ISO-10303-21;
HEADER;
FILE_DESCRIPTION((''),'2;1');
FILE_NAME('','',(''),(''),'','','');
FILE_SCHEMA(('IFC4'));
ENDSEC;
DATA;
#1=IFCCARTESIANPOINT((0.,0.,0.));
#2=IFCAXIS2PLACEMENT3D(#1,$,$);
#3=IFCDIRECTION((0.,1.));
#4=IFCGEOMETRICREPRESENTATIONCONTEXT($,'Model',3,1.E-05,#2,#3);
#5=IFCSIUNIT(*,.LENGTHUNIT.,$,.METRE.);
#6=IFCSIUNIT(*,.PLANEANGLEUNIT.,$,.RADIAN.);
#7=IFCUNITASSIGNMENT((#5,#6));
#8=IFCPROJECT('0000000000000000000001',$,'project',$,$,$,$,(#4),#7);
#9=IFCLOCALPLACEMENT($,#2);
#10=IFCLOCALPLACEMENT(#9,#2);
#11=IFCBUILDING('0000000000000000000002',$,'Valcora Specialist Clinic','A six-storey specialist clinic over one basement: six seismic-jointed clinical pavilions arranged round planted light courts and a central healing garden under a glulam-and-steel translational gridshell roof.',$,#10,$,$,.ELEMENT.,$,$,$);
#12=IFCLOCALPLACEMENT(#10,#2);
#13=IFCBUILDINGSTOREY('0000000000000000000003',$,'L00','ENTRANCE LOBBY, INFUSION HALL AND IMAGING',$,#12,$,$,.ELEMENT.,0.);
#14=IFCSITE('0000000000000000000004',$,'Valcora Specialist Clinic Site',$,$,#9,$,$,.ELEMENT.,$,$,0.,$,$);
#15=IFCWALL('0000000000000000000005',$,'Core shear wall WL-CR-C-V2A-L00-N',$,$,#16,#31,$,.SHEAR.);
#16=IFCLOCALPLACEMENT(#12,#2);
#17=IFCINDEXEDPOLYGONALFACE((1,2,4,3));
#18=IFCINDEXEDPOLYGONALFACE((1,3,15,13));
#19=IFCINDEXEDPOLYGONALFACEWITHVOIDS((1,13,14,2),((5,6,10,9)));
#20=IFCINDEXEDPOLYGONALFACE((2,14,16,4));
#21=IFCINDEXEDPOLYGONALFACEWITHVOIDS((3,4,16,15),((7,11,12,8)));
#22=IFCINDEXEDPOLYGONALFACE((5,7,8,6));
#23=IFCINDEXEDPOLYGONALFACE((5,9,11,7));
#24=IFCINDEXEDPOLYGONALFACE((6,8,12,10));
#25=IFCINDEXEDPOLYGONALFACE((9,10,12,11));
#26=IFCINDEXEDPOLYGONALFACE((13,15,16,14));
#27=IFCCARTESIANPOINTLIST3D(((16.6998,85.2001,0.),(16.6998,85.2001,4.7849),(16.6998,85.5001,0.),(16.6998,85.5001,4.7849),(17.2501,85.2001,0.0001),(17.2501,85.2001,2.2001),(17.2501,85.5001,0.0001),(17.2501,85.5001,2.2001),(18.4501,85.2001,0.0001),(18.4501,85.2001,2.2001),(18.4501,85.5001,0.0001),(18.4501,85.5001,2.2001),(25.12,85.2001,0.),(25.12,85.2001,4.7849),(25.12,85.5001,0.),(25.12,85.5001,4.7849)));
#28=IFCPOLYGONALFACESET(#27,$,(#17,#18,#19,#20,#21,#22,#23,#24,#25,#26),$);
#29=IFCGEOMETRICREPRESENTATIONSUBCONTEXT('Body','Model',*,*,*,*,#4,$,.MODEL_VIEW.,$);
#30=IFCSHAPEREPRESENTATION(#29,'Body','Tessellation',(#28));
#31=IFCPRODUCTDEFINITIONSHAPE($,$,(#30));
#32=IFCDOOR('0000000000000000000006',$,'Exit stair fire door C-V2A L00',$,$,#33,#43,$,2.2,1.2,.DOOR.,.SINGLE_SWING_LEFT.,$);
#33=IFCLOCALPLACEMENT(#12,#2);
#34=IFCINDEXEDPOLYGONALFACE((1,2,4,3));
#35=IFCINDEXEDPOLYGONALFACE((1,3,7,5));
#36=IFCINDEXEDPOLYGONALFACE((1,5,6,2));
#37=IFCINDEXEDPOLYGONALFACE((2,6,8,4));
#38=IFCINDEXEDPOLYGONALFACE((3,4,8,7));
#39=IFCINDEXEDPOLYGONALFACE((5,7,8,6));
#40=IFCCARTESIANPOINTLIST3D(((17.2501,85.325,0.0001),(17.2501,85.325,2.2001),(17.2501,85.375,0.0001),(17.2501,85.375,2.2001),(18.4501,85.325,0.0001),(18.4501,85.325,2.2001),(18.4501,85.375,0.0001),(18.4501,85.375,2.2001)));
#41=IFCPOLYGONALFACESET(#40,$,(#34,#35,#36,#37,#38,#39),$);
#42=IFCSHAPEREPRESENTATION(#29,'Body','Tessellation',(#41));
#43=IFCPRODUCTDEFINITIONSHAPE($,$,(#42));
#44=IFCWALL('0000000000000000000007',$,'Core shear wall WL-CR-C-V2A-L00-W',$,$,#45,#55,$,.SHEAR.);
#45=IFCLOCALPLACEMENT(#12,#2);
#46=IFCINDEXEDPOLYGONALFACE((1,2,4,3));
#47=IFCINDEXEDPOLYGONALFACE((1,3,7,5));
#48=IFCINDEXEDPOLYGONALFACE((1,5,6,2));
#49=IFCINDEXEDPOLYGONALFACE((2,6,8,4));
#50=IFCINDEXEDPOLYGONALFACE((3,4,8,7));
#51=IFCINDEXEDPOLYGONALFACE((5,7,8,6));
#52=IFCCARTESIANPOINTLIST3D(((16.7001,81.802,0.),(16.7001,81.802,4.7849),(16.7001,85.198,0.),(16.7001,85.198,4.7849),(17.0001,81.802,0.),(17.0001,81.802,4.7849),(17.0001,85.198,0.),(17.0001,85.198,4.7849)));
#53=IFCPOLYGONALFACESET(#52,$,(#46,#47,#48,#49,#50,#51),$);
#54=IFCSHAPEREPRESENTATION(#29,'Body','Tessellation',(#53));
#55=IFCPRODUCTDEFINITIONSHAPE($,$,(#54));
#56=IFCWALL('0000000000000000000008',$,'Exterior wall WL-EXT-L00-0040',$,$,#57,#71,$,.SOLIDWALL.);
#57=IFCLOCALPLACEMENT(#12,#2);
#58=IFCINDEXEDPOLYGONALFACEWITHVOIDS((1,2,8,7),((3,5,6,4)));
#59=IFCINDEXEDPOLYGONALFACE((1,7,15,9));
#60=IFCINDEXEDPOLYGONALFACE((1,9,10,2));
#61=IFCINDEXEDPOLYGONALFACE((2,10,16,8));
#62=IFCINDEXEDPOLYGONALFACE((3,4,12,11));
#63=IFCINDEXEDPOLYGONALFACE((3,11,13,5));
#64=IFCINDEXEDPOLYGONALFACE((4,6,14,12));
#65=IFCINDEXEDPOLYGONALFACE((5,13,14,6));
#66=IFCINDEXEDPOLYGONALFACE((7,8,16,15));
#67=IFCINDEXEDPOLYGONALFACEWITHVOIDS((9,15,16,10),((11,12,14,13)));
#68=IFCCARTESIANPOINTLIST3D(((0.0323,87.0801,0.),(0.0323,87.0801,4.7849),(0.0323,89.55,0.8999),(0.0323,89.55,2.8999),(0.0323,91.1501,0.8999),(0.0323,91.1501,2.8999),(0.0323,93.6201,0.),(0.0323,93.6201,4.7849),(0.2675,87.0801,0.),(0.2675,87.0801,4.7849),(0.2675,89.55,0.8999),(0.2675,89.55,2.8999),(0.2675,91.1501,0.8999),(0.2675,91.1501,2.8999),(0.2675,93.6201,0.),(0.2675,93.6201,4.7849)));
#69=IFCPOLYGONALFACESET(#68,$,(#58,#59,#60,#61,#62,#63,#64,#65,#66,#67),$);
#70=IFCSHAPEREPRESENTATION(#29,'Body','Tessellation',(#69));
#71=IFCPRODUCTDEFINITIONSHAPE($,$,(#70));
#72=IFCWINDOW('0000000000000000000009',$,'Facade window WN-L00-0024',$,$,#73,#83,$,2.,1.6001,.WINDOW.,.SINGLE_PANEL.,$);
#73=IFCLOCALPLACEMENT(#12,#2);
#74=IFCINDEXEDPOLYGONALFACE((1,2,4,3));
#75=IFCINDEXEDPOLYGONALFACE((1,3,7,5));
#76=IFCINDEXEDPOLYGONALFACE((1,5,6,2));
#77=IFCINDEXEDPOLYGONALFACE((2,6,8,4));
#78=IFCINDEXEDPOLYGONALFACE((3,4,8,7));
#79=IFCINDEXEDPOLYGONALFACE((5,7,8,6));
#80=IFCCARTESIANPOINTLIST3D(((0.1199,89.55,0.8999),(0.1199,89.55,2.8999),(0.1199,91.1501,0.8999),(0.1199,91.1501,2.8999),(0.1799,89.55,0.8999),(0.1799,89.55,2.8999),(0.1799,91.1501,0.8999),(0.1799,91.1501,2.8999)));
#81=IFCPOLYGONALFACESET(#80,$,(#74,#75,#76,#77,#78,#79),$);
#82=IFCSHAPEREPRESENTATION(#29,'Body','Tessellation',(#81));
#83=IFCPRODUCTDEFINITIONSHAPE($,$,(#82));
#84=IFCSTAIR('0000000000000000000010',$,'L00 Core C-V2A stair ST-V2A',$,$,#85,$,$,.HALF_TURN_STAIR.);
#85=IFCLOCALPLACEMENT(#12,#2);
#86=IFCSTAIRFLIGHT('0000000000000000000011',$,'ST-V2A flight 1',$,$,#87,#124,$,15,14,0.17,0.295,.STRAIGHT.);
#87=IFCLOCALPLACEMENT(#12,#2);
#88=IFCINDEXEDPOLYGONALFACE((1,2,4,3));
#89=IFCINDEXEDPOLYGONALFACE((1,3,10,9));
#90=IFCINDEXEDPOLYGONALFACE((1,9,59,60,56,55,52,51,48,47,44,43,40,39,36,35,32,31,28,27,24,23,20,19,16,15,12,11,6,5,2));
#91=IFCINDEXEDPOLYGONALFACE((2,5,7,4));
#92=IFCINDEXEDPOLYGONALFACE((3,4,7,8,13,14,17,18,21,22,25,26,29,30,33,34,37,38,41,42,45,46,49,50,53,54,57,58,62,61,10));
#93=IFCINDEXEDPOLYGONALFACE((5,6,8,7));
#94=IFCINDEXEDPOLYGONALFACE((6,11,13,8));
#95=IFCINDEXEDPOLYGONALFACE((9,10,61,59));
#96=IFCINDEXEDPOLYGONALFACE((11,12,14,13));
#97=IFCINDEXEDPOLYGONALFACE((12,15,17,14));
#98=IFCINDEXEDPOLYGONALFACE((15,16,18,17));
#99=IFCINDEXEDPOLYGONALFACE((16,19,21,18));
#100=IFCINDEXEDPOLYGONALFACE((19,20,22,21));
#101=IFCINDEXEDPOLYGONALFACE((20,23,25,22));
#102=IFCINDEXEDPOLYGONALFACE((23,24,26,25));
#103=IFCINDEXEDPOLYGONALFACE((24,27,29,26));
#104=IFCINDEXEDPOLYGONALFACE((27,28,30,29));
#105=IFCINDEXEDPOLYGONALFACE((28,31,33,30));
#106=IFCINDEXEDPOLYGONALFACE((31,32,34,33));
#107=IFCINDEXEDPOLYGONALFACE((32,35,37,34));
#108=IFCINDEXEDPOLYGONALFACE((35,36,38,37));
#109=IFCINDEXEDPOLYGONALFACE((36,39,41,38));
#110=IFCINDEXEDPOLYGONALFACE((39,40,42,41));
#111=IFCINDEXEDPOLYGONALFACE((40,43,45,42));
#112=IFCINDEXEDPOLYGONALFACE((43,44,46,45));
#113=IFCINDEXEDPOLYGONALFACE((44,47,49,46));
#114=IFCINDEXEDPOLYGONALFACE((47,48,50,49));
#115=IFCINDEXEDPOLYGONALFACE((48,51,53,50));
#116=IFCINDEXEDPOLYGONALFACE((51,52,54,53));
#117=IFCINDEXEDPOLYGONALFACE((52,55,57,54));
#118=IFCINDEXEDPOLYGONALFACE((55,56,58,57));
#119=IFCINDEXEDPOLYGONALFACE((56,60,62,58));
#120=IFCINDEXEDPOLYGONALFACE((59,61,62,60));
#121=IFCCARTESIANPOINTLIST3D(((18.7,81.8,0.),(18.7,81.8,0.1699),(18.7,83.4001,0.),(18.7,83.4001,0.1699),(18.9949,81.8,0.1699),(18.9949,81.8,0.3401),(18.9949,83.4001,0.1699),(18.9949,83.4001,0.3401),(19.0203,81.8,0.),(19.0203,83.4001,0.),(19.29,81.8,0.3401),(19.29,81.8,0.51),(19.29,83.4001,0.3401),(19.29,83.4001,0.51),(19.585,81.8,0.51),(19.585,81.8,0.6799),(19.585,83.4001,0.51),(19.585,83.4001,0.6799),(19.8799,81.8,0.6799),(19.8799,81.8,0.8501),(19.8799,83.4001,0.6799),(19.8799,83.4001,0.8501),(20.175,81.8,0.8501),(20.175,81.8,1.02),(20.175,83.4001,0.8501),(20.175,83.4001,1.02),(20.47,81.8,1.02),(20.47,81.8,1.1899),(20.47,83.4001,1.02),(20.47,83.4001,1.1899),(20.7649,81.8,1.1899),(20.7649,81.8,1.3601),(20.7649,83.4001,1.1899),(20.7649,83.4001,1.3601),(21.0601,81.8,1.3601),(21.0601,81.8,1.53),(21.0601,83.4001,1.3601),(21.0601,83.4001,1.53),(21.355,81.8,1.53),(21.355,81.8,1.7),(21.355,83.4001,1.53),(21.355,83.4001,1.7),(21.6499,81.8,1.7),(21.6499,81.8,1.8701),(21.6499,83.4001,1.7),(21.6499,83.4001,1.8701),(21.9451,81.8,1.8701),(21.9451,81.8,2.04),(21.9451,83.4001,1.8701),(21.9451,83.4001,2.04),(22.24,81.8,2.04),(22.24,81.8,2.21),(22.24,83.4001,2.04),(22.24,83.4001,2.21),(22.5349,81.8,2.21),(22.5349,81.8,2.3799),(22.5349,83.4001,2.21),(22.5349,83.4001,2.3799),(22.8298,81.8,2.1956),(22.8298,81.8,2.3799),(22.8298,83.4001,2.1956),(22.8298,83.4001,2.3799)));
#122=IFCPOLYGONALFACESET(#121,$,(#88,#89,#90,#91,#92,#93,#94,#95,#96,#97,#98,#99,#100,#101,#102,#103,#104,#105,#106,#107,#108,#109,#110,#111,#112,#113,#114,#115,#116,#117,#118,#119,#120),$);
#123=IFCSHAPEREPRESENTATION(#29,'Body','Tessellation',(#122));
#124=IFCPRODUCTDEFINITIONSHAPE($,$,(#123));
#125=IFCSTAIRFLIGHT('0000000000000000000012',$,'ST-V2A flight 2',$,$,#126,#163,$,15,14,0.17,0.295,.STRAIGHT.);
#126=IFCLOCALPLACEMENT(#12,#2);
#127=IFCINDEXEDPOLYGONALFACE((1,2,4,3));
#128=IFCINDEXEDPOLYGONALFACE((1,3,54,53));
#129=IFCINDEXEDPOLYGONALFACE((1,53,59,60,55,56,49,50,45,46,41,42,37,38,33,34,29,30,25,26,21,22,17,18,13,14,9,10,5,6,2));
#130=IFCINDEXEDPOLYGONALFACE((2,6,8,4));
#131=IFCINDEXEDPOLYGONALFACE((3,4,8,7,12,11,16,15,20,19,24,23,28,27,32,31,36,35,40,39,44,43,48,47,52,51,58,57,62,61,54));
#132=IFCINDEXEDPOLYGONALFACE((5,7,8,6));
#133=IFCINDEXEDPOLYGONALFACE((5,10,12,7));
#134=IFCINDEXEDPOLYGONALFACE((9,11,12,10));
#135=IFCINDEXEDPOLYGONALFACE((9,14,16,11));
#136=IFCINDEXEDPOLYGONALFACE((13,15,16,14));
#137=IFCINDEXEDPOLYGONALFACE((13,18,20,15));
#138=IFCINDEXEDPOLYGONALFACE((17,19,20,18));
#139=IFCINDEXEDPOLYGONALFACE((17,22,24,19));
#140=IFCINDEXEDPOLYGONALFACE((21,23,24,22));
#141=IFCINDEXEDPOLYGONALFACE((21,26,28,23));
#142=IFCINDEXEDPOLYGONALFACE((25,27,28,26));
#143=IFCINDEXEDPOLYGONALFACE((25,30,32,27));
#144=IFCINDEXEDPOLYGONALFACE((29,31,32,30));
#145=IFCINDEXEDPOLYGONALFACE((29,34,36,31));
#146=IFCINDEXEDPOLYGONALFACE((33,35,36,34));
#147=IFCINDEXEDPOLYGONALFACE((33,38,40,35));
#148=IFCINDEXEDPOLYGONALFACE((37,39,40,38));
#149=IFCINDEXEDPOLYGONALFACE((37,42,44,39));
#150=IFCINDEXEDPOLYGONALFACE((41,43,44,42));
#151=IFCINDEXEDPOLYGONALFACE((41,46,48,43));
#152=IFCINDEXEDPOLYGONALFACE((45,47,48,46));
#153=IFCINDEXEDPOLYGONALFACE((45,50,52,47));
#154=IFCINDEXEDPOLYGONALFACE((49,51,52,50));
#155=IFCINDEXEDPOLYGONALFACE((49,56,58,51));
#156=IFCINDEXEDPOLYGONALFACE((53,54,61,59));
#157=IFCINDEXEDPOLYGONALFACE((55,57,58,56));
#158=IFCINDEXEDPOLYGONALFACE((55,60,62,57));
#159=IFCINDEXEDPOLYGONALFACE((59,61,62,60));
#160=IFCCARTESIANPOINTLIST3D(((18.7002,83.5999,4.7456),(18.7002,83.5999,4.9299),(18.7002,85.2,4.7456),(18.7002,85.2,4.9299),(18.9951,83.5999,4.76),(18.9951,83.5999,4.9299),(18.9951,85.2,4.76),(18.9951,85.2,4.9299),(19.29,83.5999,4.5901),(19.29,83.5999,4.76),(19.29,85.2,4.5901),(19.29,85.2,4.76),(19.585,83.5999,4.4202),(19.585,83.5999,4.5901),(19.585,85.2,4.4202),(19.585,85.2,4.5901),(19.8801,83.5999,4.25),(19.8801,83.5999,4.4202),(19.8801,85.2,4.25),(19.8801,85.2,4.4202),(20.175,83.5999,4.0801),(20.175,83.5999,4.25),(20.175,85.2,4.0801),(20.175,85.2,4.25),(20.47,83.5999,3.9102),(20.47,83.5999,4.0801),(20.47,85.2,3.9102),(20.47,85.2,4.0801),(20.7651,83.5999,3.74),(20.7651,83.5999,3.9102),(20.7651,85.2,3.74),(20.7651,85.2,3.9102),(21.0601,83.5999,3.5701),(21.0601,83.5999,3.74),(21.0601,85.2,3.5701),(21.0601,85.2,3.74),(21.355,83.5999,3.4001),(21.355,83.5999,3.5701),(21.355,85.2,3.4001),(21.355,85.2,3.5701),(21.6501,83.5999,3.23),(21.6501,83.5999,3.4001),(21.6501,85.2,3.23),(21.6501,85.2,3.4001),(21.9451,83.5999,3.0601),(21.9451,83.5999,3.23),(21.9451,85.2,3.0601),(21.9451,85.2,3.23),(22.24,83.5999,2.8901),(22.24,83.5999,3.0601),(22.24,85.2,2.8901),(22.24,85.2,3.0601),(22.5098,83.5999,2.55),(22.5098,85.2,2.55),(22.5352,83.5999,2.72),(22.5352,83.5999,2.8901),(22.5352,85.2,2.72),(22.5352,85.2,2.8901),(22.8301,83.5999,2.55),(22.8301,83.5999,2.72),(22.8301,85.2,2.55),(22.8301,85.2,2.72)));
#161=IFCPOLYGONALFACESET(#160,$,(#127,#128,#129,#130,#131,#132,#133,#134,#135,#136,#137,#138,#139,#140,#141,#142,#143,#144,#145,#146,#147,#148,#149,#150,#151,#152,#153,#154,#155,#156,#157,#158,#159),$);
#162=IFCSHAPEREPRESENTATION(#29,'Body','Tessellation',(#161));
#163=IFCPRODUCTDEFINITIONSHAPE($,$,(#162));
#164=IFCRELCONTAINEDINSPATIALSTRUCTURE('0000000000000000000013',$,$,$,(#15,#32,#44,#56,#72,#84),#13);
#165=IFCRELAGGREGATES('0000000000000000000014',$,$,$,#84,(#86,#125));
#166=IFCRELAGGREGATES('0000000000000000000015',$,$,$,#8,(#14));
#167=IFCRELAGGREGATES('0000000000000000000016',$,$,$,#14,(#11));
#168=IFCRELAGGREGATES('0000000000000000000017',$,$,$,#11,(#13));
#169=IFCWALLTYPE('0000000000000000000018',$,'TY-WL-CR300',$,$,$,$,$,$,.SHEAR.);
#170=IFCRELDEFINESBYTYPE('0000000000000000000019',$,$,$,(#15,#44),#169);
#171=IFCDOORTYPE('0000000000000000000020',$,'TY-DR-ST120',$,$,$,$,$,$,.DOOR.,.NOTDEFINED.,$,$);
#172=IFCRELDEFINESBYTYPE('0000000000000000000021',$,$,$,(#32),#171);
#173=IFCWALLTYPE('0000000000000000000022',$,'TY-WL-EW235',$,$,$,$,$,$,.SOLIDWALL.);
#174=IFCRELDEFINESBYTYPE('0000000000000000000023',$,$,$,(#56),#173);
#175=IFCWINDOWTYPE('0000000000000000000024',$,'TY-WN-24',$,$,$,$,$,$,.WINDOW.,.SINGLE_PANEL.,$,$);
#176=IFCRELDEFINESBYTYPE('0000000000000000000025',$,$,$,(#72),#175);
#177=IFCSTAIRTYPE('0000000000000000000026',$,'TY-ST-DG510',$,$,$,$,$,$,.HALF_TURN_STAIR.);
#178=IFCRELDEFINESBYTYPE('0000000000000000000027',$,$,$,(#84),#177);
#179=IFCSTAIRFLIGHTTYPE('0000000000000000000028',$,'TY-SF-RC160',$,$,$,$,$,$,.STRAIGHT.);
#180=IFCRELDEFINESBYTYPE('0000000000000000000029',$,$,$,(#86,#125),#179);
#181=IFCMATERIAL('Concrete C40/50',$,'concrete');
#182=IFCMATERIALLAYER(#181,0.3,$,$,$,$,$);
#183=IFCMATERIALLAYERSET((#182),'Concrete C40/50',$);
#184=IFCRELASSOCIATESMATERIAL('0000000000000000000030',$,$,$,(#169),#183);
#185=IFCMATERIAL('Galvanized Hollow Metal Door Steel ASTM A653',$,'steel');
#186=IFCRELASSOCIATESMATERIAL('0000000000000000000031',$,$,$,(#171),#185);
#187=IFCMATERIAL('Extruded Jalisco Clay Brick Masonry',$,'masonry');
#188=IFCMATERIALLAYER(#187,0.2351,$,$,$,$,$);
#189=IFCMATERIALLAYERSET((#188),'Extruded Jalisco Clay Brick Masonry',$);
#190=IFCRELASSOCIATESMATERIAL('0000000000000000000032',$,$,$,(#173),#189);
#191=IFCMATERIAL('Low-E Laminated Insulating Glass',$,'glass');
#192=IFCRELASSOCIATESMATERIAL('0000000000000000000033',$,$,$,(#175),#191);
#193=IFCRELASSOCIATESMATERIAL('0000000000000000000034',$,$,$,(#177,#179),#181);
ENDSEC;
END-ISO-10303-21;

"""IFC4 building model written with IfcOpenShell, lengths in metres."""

from ifc_helpers import new_model, si_unit, direction, frame, frame_2d, origin, place, context, subcontext, project, spatial, polyline, rectangle, outline, extrude, material, layer, layer_set, type_object, element, fill, aggregate, save


model = new_model("IFC4")

# Units and contexts
model_context = context("Model", 3, precision=1e-05, world=origin(), true_north=direction((0.0, 1.0)))
body_context = subcontext(model_context, "Body", "Model", "MODEL_VIEW")
ifc_project = project(units=[si_unit("LENGTHUNIT", "METRE"), si_unit("PLANEANGLEUNIT", "RADIAN")], contexts=[model_context])

# Site, building, storey
site_placement = place(None, origin())
site = spatial("IfcSite", under=ifc_project, at=site_placement, Name="Valcora Specialist Clinic Site", CompositionType="ELEMENT", RefElevation=0.0)
building_placement = place(site_placement, origin())
building = spatial("IfcBuilding", under=site, at=building_placement, Name="Valcora Specialist Clinic", Description="A six-storey specialist clinic over one basement: six seismic-jointed clinical pavilions arranged round planted light courts and a central healing garden under a glulam-and-steel translational gridshell roof.", CompositionType="ELEMENT")
storey_placement = place(building_placement, origin())
storey = spatial("IfcBuildingStorey", under=building, at=storey_placement, Name="L00", Description="ENTRANCE LOBBY, INFUSION HALL AND IMAGING", CompositionType="ELEMENT", Elevation=0.0)

# Shared definitions
ifc_material_1 = material(Name="Concrete C40/50", Category="concrete")

# Wall, opening, door
ifc_layer_1 = layer(ifc_material_1, 0.3)
ifc_layer_set_1 = layer_set([ifc_layer_1], Name="Concrete C40/50")
wall_type_1 = type_object("IfcWallType", Name="TY-WL-CR300", PredefinedType="SHEAR", material=ifc_layer_set_1)
wall_1_placement = place(storey_placement, frame((16.7, 85.3501, 0.0), z_axis=(0.0, 0.0, 1.0), x_axis=(1.0, 0.0, 0.0)))
wall_1 = element("IfcWall", 1, at=wall_1_placement, inside=storey, type_object=wall_type_1, Name="Core shear wall WL-CR-C-V2A-L00-N", PredefinedType="SHEAR", context=body_context, shape_type="SweptSolid", body=[
    extrude(rectangle(XDim=8.4202, YDim=0.3, at=frame_2d((4.21, 0.0))), origin(), (0.0, 0.0, 1.0), 4.7849),
])
opening_1_placement = place(wall_1_placement, frame((0.55, 0.0, 0.0)))
opening_1 = element("IfcOpeningElement", 2, at=opening_1_placement, cuts=wall_1, PredefinedType="OPENING", context=body_context, shape_type="SweptSolid", body=[
    extrude(rectangle(XDim=1.2, YDim=2.2, at=frame_2d((0.6001, 1.1001))), frame((0.0, 0.1599, 0.0), z_axis=(0.0, -1.0, 0.0), x_axis=(1.0, 0.0, 0.0)), (0.0, 0.0, 1.0), 0.3201),
])
ifc_material_2 = material(Name="Galvanized Hollow Metal Door Steel ASTM A653", Category="steel")
door_type = type_object("IfcDoorType", Name="TY-DR-ST120", OperationType="NOTDEFINED", PredefinedType="DOOR", material=ifc_material_2)
door_placement = place(opening_1_placement, origin())
door = element("IfcDoor", 3, at=door_placement, inside=storey, type_object=door_type, Name="Exit stair fire door C-V2A L00", OperationType="SINGLE_SWING_LEFT", OverallHeight=2.2, OverallWidth=1.2, PredefinedType="DOOR", context=body_context, shape_type="SweptSolid", body=[
    extrude(rectangle(XDim=1.2, YDim=2.2, at=frame_2d((0.6001, 1.1001))), frame((0.0, 0.0249, 0.0), z_axis=(0.0, -1.0, 0.0), x_axis=(1.0, 0.0, 0.0)), (0.0, 0.0, 1.0), 0.05),
])
fill(opening_1, door)

# Wall
wall_2_placement = place(storey_placement, frame((16.8501, 81.802, 0.0), z_axis=(0.0, 0.0, 1.0), x_axis=(0.0, 1.0, 0.0)))
element("IfcWall", 4, at=wall_2_placement, inside=storey, type_object=wall_type_1, Name="Core shear wall WL-CR-C-V2A-L00-W", PredefinedType="SHEAR", context=body_context, shape_type="SweptSolid", body=[
    extrude(rectangle(XDim=3.396, YDim=0.3, at=frame_2d((1.698, 0.0))), origin(), (0.0, 0.0, 1.0), 4.7849),
])

# Wall, opening, window
ifc_material_3 = material(Name="Extruded Jalisco Clay Brick Masonry", Category="masonry")
ifc_layer_2 = layer(ifc_material_3, 0.2351)
ifc_layer_set_2 = layer_set([ifc_layer_2], Name="Extruded Jalisco Clay Brick Masonry")
wall_type_2 = type_object("IfcWallType", Name="TY-WL-EW235", PredefinedType="SOLIDWALL", material=ifc_layer_set_2)
wall_3_placement = place(storey_placement, frame((0.1499, 87.0801, 0.0), z_axis=(0.0, 0.0, 1.0), x_axis=(0.0, 1.0, 0.0)))
wall_3 = element("IfcWall", 5, at=wall_3_placement, inside=storey, type_object=wall_type_2, Name="Exterior wall WL-EXT-L00-0040", PredefinedType="SOLIDWALL", context=body_context, shape_type="SweptSolid", body=[
    extrude(rectangle(XDim=6.54, YDim=0.2351, at=frame_2d((3.27, 0.0))), origin(), (0.0, 0.0, 1.0), 4.7849),
])
opening_2_placement = place(wall_3_placement, frame((2.47, 0.0, 0.8999)))
opening_2 = element("IfcOpeningElement", 6, at=opening_2_placement, cuts=wall_3, PredefinedType="OPENING", context=body_context, shape_type="SweptSolid", body=[
    extrude(rectangle(XDim=1.6001, YDim=2.0, at=frame_2d((0.8, 1.0))), frame((0.0, 0.1274, 0.0), z_axis=(0.0, -1.0, 0.0), x_axis=(1.0, 0.0, 0.0)), (0.0, 0.0, 1.0), 0.2551),
])
ifc_material_4 = material(Name="Low-E Laminated Insulating Glass", Category="glass")
window_type = type_object("IfcWindowType", Name="TY-WN-24", PartitioningType="SINGLE_PANEL", PredefinedType="WINDOW", material=ifc_material_4)
window_placement = place(opening_2_placement, origin())
window = element("IfcWindow", 7, at=window_placement, inside=storey, type_object=window_type, Name="Facade window WN-L00-0024", OverallHeight=2.0, OverallWidth=1.6001, PartitioningType="SINGLE_PANEL", PredefinedType="WINDOW", context=body_context, shape_type="SweptSolid", body=[
    extrude(rectangle(XDim=1.6001, YDim=2.0, at=frame_2d((0.8, 1.0))), frame((0.0, 0.03, 0.0), z_axis=(0.0, -1.0, 0.0), x_axis=(1.0, 0.0, 0.0)), (0.0, 0.0, 1.0), 0.0601),
])
fill(opening_2, window)

# Stair, stair flights
stair_type = type_object("IfcStairType", Name="TY-ST-DG510", PredefinedType="HALF_TURN_STAIR", material=ifc_material_1)
stair_placement = place(storey_placement, origin())
stair = element("IfcStair", 8, at=stair_placement, inside=storey, type_object=stair_type, Name="L00 Core C-V2A stair ST-V2A", PredefinedType="HALF_TURN_STAIR")
stair_flight_type = type_object("IfcStairFlightType", Name="TY-SF-RC160", PredefinedType="STRAIGHT", material=ifc_material_1)
stair_flight_1_placement = place(storey_placement, frame((18.7, 82.6001, 0.0), z_axis=(0.0, 0.0, 1.0), x_axis=(1.0, 0.0, 0.0)))
stair_flight_1 = element("IfcStairFlight", 9, at=stair_flight_1_placement, type_object=stair_flight_type, Name="ST-V2A flight 1", NumberOfRisers=15, NumberOfTreads=14, PredefinedType="STRAIGHT", RiserHeight=0.17, TreadLength=0.295, context=body_context, shape_type="SweptSolid", body=[
    extrude(outline(polyline([(0.0, 0.0), (0.0, 0.1699), (0.2949, 0.1699), (0.2949, 0.3401), (0.5901, 0.3401), (0.5901, 0.51), (0.885, 0.51), (0.885, 0.6799), (1.1799, 0.6799), (1.1799, 0.8501), (1.4751, 0.8501), (1.4751, 1.02), (1.77, 1.02), (1.77, 1.1899), (2.0649, 1.1899), (2.0649, 1.3601), (2.3601, 1.3601), (2.3601, 1.53), (2.655, 1.53), (2.655, 1.7), (2.95, 1.7), (2.95, 1.8701), (3.2451, 1.8701), (3.2451, 2.04), (3.54, 2.04), (3.54, 2.21), (3.835, 2.21), (3.835, 2.3799), (4.1299, 2.3799), (4.1299, 2.55), (4.1299, 2.1956), (0.3203, 0.0), (0.0, 0.0)])), frame((0.0, 0.8, 0.0), z_axis=(0.0, -1.0, 0.0), x_axis=(1.0, 0.0, 0.0)), (0.0, 0.0, 1.0), 1.6001),
])
stair_flight_2_placement = place(storey_placement, frame((22.8301, 84.3999, 2.55), z_axis=(0.0, 0.0, 1.0), x_axis=(-1.0, 0.0, 0.0)))
stair_flight_2 = element("IfcStairFlight", 10, at=stair_flight_2_placement, type_object=stair_flight_type, Name="ST-V2A flight 2", NumberOfRisers=15, NumberOfTreads=14, PredefinedType="STRAIGHT", RiserHeight=0.17, TreadLength=0.295, context=body_context, shape_type="SweptSolid", body=[
    extrude(outline(polyline([(0.0, 0.0), (0.0, 0.1699), (0.2949, 0.1699), (0.2949, 0.3401), (0.5901, 0.3401), (0.5901, 0.51), (0.885, 0.51), (0.885, 0.6799), (1.1799, 0.6799), (1.1799, 0.8501), (1.4751, 0.8501), (1.4751, 1.02), (1.77, 1.02), (1.77, 1.1899), (2.0649, 1.1899), (2.0649, 1.3601), (2.3601, 1.3601), (2.3601, 1.53), (2.655, 1.53), (2.655, 1.7), (2.95, 1.7), (2.95, 1.8701), (3.2451, 1.8701), (3.2451, 2.04), (3.54, 2.04), (3.54, 2.21), (3.835, 2.21), (3.835, 2.3799), (4.1299, 2.3799), (4.1299, 2.55), (4.1299, 2.1956), (0.3203, 0.0), (0.0, 0.0)])), frame((0.0, 0.8, 0.0), z_axis=(0.0, -1.0, 0.0), x_axis=(1.0, 0.0, 0.0)), (0.0, 0.0, 1.0), 1.6001),
])
aggregate(stair, [stair_flight_1, stair_flight_2])

save(model, "model.ifc")
